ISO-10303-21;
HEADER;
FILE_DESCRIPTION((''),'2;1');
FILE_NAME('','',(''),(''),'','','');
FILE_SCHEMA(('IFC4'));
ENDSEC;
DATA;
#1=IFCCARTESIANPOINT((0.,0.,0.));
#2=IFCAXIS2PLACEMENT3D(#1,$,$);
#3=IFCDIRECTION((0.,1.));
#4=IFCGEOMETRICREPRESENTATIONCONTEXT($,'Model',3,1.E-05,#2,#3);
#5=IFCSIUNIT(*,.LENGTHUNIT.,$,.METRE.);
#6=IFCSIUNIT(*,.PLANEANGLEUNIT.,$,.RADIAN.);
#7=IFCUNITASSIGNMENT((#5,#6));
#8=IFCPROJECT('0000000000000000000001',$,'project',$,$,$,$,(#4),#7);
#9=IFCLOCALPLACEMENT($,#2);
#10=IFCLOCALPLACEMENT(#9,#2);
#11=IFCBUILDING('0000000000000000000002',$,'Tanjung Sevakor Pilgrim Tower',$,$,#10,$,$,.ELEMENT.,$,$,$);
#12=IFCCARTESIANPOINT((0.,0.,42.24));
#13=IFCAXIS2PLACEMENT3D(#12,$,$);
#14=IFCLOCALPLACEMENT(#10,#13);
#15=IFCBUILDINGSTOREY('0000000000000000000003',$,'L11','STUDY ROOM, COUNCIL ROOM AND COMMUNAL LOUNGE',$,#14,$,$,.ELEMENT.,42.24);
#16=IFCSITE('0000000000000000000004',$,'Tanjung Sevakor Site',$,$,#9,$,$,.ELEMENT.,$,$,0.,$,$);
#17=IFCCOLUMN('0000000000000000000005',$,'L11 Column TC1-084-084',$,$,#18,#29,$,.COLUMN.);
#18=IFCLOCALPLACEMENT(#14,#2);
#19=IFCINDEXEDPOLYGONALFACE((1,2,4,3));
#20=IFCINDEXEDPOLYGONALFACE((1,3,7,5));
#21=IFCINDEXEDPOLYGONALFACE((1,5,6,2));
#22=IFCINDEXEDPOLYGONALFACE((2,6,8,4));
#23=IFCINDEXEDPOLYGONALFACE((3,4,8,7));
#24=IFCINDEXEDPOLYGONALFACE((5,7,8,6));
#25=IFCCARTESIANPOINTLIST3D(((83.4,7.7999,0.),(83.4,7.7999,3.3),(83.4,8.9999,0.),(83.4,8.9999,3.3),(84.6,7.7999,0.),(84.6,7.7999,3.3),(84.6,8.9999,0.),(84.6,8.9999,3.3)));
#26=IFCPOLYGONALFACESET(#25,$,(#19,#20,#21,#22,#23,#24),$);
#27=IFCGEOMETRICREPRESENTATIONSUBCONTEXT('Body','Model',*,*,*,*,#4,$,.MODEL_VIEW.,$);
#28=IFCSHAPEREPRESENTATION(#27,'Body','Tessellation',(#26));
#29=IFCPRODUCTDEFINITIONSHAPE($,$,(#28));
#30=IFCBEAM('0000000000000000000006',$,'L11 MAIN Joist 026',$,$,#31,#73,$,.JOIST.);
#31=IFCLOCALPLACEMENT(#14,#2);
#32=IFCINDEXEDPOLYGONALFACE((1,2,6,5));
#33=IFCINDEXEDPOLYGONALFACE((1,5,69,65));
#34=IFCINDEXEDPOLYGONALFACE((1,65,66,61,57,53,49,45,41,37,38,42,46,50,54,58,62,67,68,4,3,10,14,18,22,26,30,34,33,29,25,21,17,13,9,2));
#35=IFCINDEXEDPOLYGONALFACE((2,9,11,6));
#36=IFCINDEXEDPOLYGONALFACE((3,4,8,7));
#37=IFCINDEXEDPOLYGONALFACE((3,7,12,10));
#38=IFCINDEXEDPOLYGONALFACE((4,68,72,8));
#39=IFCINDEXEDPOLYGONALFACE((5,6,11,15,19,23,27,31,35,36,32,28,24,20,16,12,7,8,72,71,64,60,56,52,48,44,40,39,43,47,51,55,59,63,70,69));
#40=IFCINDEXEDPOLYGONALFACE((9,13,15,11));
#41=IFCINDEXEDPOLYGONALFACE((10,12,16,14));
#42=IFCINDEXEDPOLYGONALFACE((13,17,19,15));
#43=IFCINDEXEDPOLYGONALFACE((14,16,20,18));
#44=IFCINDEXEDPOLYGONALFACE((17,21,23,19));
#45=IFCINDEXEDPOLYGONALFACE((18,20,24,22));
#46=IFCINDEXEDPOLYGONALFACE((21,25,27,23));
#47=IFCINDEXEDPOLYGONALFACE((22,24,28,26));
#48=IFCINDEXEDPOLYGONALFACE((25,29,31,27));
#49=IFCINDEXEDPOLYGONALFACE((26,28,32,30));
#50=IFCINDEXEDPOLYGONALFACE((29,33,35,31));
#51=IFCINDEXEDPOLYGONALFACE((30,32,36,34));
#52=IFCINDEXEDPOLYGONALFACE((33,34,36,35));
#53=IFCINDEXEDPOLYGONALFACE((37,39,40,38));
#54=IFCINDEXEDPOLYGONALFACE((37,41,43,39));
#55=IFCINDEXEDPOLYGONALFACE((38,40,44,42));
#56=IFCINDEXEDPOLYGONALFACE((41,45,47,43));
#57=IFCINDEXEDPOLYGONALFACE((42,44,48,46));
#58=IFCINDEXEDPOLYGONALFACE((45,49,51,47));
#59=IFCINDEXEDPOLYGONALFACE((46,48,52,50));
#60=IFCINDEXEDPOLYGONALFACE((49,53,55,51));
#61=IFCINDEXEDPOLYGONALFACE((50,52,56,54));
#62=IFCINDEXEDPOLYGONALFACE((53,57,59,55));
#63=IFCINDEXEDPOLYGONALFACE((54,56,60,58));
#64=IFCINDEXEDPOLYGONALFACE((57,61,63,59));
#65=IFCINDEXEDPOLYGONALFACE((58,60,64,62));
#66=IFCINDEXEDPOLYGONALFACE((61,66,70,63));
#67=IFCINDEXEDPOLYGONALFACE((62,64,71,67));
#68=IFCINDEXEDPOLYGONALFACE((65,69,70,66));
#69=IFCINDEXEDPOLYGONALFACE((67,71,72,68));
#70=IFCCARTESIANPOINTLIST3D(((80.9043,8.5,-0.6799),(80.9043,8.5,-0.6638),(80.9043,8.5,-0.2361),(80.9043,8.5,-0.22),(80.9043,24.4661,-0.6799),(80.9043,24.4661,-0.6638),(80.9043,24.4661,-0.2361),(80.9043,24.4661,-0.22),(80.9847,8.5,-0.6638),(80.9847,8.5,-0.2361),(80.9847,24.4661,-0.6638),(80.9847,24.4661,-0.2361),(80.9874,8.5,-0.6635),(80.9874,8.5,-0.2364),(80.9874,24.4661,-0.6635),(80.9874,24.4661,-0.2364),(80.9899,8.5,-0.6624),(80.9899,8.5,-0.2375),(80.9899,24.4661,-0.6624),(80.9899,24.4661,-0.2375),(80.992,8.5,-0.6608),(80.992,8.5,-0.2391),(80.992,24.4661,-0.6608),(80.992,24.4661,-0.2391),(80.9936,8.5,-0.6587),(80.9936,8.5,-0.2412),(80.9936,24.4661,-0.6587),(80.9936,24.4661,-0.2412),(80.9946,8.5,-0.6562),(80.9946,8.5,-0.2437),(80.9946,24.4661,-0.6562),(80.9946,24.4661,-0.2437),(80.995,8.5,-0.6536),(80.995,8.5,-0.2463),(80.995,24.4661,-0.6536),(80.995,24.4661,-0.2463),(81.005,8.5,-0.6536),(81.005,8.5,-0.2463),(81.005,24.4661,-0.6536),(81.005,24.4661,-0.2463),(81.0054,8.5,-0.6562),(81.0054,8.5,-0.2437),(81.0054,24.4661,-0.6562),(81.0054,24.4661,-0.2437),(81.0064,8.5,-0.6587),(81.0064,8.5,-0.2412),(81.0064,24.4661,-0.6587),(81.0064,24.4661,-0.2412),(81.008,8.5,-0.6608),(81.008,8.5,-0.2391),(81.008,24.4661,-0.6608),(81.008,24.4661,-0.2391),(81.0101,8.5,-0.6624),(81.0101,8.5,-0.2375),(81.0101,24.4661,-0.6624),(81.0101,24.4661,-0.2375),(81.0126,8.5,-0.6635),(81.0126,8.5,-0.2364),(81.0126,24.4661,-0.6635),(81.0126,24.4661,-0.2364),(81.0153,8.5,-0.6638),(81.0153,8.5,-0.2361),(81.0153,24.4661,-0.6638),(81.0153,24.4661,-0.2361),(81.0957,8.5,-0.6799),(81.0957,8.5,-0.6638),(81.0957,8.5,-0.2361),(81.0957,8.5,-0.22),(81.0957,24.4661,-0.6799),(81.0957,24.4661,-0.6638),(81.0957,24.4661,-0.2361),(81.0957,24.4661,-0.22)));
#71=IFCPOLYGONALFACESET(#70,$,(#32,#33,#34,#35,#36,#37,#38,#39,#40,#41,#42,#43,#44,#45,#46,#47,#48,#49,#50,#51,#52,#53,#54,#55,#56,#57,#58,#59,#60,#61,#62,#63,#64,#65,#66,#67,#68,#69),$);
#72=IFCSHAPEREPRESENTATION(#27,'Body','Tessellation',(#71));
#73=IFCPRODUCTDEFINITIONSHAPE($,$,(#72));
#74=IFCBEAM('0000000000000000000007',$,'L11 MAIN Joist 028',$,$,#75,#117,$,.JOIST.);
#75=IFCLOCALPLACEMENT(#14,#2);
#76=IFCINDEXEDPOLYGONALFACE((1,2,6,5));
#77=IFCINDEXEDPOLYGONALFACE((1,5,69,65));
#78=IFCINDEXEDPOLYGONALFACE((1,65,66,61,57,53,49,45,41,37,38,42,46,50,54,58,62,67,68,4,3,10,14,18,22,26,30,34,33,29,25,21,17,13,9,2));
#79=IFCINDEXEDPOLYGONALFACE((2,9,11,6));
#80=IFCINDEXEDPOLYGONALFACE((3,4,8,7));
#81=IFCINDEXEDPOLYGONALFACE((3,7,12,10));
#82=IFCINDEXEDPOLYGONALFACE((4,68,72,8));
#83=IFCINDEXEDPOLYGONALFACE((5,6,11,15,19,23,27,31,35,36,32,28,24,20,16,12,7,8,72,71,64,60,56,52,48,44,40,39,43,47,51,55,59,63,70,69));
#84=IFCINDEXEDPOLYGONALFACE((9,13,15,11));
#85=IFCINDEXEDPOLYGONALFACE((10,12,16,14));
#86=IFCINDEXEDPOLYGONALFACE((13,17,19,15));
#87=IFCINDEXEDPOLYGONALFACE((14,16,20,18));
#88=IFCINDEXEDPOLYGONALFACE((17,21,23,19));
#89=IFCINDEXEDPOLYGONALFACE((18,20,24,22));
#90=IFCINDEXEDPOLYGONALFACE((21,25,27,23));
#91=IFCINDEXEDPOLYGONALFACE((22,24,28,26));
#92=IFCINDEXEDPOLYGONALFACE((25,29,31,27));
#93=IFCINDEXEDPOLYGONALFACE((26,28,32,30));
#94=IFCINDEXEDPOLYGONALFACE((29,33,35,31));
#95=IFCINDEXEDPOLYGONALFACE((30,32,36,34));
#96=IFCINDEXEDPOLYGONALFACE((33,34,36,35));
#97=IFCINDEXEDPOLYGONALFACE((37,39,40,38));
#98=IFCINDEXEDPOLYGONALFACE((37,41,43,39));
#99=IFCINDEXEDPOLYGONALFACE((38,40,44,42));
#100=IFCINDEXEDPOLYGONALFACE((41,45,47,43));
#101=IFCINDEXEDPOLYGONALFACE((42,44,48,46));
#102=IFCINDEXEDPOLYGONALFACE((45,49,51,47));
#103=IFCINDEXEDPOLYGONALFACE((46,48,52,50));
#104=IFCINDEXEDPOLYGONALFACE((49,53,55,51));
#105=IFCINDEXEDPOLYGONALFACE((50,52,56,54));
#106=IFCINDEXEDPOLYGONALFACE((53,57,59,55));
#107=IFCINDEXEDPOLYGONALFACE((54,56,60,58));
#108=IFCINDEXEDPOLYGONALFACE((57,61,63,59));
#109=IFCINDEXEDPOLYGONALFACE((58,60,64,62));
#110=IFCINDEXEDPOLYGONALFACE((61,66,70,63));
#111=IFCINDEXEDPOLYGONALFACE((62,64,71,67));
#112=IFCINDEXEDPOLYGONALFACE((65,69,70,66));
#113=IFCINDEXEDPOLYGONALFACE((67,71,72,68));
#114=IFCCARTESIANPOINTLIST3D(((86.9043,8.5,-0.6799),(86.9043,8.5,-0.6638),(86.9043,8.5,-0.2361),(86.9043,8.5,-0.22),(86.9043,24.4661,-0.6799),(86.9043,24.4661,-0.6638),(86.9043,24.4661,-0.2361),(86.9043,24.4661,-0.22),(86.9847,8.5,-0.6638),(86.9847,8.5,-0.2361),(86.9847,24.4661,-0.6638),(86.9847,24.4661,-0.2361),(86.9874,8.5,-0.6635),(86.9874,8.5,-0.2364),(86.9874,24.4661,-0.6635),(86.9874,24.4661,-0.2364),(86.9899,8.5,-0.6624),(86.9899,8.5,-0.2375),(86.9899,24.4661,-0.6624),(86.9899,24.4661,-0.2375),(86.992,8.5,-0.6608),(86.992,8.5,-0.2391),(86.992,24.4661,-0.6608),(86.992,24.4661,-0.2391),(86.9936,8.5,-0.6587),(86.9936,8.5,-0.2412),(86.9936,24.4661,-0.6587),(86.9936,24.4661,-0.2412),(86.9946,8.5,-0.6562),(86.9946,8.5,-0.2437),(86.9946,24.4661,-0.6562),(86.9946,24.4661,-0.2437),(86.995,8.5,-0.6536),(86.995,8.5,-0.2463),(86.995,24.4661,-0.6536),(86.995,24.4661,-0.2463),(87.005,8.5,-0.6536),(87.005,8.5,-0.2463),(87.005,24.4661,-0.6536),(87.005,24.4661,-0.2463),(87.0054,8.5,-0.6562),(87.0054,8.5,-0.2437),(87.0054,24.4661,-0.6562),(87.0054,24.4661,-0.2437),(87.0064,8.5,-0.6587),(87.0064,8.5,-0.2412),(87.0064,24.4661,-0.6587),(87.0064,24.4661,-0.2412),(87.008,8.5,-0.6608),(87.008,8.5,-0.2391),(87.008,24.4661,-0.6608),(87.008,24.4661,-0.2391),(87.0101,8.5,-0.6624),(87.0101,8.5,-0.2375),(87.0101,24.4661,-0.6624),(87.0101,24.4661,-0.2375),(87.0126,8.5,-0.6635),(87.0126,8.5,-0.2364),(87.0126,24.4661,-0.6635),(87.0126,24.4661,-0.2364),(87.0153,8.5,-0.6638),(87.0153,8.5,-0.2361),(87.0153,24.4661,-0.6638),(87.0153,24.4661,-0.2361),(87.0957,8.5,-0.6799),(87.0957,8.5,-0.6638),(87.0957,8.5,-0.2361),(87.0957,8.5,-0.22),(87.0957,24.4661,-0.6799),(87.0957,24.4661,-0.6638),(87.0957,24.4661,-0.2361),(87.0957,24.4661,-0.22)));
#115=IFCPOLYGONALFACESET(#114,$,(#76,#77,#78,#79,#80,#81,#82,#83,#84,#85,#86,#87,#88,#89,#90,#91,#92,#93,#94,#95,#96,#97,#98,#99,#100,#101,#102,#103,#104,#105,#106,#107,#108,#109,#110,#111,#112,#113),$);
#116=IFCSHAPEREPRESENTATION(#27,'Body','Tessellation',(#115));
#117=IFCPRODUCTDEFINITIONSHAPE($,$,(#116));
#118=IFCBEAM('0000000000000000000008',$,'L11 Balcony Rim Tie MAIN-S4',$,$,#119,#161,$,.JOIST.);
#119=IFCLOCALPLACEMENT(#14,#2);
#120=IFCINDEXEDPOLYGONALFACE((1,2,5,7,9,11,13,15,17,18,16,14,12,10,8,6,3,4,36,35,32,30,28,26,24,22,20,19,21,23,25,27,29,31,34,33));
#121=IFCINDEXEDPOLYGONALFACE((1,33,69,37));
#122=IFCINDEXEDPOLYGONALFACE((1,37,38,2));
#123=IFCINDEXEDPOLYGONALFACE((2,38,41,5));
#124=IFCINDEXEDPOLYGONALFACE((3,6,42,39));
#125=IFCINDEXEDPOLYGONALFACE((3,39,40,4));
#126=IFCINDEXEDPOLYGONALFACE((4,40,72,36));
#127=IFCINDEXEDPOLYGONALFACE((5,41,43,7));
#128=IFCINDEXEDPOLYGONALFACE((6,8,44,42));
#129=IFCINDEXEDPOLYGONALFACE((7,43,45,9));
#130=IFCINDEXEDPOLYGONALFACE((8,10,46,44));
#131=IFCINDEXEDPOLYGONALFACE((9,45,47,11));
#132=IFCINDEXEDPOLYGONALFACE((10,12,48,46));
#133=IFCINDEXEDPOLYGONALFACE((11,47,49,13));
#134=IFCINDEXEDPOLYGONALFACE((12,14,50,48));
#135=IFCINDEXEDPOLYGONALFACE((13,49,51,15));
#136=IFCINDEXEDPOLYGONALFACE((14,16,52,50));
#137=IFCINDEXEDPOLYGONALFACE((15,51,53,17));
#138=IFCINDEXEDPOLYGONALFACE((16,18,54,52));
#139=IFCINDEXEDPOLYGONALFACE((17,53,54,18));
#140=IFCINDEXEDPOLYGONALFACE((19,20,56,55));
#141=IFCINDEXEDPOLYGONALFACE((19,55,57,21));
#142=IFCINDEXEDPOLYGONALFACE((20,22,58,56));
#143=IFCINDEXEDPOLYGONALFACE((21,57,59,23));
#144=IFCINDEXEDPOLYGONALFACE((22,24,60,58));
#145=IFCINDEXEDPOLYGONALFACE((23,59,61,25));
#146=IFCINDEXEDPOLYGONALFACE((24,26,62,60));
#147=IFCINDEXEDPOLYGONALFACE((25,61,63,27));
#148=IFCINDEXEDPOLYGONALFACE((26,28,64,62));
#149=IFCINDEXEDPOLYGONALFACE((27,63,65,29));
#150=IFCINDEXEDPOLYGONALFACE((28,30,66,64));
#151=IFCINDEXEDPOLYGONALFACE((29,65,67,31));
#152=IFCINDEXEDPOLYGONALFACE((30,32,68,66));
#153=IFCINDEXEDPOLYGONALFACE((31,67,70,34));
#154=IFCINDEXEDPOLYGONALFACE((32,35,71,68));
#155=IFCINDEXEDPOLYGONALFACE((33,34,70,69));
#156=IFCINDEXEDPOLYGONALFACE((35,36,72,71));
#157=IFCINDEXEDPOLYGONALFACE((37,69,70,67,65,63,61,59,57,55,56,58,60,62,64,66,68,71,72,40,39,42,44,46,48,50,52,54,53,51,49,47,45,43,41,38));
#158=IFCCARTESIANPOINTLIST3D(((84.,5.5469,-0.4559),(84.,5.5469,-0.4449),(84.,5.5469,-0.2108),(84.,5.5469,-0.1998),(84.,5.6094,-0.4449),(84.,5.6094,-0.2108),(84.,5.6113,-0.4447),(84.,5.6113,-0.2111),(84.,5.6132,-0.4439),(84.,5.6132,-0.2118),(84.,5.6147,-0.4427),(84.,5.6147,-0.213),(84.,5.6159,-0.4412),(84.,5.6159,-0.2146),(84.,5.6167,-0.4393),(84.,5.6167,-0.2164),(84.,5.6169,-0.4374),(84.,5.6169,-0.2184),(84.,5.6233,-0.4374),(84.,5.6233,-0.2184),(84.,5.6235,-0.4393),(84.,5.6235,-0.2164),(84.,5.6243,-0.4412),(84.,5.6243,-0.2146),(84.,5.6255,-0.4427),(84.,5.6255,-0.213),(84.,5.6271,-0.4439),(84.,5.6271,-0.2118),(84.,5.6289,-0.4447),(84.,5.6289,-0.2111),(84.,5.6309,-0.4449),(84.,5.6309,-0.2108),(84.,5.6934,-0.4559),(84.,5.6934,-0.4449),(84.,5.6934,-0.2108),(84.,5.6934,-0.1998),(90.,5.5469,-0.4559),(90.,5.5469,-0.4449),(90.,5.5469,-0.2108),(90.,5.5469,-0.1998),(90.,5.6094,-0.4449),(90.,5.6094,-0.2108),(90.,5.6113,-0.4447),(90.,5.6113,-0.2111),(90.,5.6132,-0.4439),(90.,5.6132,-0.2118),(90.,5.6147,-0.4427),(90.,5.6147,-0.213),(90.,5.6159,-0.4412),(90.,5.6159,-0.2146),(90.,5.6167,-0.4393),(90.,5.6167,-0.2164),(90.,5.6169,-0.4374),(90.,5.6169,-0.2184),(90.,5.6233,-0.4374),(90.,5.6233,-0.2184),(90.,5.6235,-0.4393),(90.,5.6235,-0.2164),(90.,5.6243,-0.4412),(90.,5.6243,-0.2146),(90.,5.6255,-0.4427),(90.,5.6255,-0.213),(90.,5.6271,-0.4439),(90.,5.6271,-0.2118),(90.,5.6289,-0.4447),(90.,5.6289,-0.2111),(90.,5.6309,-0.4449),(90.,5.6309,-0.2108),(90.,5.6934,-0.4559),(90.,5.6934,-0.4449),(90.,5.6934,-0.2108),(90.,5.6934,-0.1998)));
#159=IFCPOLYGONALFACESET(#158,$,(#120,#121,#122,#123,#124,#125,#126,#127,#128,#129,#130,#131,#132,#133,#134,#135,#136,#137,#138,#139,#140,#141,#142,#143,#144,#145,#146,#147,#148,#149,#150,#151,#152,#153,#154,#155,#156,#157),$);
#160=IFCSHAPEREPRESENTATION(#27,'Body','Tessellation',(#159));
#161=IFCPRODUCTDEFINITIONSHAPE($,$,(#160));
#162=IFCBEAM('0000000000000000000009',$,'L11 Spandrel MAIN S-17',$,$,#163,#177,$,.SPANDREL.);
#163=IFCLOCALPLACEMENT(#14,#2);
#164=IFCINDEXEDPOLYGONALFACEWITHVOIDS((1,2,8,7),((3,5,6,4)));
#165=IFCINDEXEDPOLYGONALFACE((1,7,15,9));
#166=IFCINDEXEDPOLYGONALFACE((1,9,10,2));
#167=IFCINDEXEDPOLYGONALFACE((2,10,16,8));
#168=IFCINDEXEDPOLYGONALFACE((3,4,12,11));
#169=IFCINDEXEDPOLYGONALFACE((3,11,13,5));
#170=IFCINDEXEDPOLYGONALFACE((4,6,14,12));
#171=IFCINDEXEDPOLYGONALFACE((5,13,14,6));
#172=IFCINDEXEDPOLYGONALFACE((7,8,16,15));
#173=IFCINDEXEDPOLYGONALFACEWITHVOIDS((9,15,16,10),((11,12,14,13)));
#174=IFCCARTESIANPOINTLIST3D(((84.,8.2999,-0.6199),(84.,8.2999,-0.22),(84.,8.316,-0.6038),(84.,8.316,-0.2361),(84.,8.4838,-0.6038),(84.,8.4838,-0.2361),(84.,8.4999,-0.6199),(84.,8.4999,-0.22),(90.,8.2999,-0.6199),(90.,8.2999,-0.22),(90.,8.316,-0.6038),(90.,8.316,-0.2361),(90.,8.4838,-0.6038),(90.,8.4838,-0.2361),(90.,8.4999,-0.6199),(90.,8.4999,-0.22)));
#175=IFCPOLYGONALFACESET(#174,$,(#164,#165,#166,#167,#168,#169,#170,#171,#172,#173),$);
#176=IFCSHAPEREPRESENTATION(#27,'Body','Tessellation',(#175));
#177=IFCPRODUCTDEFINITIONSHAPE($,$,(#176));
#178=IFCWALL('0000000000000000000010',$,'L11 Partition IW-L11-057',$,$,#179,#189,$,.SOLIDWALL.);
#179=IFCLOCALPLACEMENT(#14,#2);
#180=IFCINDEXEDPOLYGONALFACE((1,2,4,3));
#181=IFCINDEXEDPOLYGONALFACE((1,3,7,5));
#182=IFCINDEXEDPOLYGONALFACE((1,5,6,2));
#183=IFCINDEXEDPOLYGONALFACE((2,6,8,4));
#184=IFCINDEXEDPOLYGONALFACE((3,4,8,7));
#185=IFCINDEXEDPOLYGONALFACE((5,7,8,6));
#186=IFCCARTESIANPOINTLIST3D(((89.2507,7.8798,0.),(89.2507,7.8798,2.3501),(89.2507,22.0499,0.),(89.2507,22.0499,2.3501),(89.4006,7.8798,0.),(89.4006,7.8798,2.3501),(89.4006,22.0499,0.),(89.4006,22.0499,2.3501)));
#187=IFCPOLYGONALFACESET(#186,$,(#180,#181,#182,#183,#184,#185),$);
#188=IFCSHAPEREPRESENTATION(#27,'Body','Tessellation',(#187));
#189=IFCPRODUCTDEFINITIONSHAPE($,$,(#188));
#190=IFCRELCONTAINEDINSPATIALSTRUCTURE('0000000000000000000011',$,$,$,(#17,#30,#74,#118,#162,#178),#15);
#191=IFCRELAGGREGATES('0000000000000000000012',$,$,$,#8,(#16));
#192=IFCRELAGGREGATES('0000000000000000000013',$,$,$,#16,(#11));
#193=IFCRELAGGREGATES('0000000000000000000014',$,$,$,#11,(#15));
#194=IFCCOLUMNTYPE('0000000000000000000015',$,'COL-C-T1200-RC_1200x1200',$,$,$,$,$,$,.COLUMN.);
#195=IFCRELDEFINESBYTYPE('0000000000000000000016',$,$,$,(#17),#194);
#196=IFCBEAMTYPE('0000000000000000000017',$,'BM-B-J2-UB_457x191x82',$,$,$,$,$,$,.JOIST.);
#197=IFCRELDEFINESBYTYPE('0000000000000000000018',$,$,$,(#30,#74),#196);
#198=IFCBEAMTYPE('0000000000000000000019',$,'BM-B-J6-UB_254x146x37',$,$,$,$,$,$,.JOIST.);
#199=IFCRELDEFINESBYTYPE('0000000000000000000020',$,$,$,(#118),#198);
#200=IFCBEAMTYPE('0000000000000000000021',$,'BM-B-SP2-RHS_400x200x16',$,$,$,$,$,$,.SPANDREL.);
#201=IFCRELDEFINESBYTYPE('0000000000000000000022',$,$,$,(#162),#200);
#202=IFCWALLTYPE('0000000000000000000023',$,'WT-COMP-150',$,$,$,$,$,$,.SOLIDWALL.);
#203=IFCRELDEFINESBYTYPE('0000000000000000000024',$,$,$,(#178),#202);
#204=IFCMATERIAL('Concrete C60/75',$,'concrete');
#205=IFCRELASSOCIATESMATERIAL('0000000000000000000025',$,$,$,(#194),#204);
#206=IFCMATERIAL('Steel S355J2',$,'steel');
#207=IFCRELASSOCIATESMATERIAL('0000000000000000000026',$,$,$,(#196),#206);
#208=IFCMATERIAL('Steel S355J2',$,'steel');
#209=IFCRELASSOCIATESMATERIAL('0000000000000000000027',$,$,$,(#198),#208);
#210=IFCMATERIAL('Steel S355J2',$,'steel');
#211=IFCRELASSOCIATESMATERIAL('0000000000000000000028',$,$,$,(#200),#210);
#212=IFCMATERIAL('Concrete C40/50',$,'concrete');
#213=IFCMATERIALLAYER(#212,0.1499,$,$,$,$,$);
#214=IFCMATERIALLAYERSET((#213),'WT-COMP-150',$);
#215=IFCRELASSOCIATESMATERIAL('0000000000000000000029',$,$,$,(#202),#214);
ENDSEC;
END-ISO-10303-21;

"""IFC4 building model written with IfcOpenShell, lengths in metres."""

from ifc_helpers import new_model, si_unit, direction, frame, frame_2d, origin, origin_2d, place, context, subcontext, project, spatial, rectangle, hollow_rectangle, i_section, extrude, material, layer, layer_set, material_profile, profile_set, type_object, element, save


model = new_model("IFC4")

# Units and contexts
model_context = context("Model", 3, precision=1e-05, world=origin(), true_north=direction((0.0, 1.0)))
body_context = subcontext(model_context, "Body", "Model", "MODEL_VIEW")
ifc_project = project(units=[si_unit("LENGTHUNIT", "METRE"), si_unit("PLANEANGLEUNIT", "RADIAN")], contexts=[model_context])

# Site, building, storey
site_placement = place(None, origin())
site = spatial("IfcSite", under=ifc_project, at=site_placement, Name="Tanjung Sevakor Site", CompositionType="ELEMENT", RefElevation=0.0)
building_placement = place(site_placement, origin())
building = spatial("IfcBuilding", under=site, at=building_placement, Name="Tanjung Sevakor Pilgrim Tower", CompositionType="ELEMENT")
storey_placement = place(building_placement, frame((0.0, 0.0, 42.24)))
storey = spatial("IfcBuildingStorey", under=building, at=storey_placement, Name="L11", Description="STUDY ROOM, COUNCIL ROOM AND COMMUNAL LOUNGE", CompositionType="ELEMENT", Elevation=42.24)

# Column
ifc_material_1 = material(Name="Concrete C60/75", Category="concrete")
ifc_material_profile_1 = material_profile(ifc_material_1, rectangle(XDim=1.2, YDim=1.2, at=origin_2d()))
ifc_profile_set_1 = profile_set([ifc_material_profile_1], Name="Concrete C60/75")
column_type = type_object("IfcColumnType", Name="COL-C-T1200-RC_1200x1200", PredefinedType="COLUMN", material=ifc_profile_set_1)
column_placement = place(storey_placement, frame((84.0, 8.3999, 0.0), z_axis=(0.0, 0.0, 1.0), x_axis=(1.0, 0.0, 0.0)))
element("IfcColumn", 1, at=column_placement, inside=storey, type_object=column_type, Name="L11 Column TC1-084-084", PredefinedType="COLUMN", context=body_context, shape_type="SweptSolid", body=[
    extrude(rectangle(XDim=1.2, YDim=1.2, at=origin_2d()), origin(), (0.0, 0.0, 1.0), 3.3),
])

# Beams
ifc_material_2 = material(Name="Steel S355J2", Category="steel")
ifc_material_profile_2 = material_profile(ifc_material_2, i_section(OverallWidth=0.1914, OverallDepth=0.46, WebThickness=0.01, FlangeThickness=0.0161, FilletRadius=0.0103, at=origin_2d()))
ifc_profile_set_2 = profile_set([ifc_material_profile_2], Name="Steel S355J2")
beam_type_1 = type_object("IfcBeamType", Name="BM-B-J2-UB_457x191x82", PredefinedType="JOIST", material=ifc_profile_set_2)
for number, where, z_axis, x_axis, name in (
    (2, (81.0, 8.5, -0.45), (0.0, 1.0, 0.0), (-1.0, 0.0, 0.0), "L11 MAIN Joist 026"),
    (3, (87.0, 8.5, -0.45), (0.0, 1.0, 0.0), (-1.0, 0.0, 0.0), "L11 MAIN Joist 028"),
):
    element("IfcBeam", number, at=place(storey_placement, frame(where, z_axis=z_axis, x_axis=x_axis)), inside=storey, type_object=beam_type_1, Name=name, PredefinedType="JOIST", context=body_context, shape_type="SweptSolid", body=[
        extrude(i_section(OverallWidth=0.1914, OverallDepth=0.46, WebThickness=0.01, FlangeThickness=0.0161, FilletRadius=0.0103, at=origin_2d()), origin(), (0.0, 0.0, 1.0), 15.9661),
    ])
ifc_material_3 = material(Name="Steel S355J2", Category="steel")
ifc_material_profile_3 = material_profile(ifc_material_3, i_section(OverallWidth=0.1465, OverallDepth=0.2561, WebThickness=0.0063, FlangeThickness=0.011, FilletRadius=0.0076, at=origin_2d()))
ifc_profile_set_3 = profile_set([ifc_material_profile_3], Name="Steel S355J2")
beam_type_2 = type_object("IfcBeamType", Name="BM-B-J6-UB_254x146x37", PredefinedType="JOIST", material=ifc_profile_set_3)
beam_1_placement = place(storey_placement, frame((84.0, 5.6201, -0.3279), z_axis=(1.0, 0.0, 0.0), x_axis=(0.0, 1.0, 0.0)))
element("IfcBeam", 4, at=beam_1_placement, inside=storey, type_object=beam_type_2, Name="L11 Balcony Rim Tie MAIN-S4", PredefinedType="JOIST", context=body_context, shape_type="SweptSolid", body=[
    extrude(i_section(OverallWidth=0.1465, OverallDepth=0.2561, WebThickness=0.0063, FlangeThickness=0.011, FilletRadius=0.0076, at=origin_2d()), origin(), (0.0, 0.0, 1.0), 6.0),
])
ifc_material_4 = material(Name="Steel S355J2", Category="steel")
ifc_material_profile_4 = material_profile(ifc_material_4, hollow_rectangle(XDim=0.2, YDim=0.3999, WallThickness=0.0161, at=origin_2d()))
ifc_profile_set_4 = profile_set([ifc_material_profile_4], Name="Steel S355J2")
beam_type_3 = type_object("IfcBeamType", Name="BM-B-SP2-RHS_400x200x16", PredefinedType="SPANDREL", material=ifc_profile_set_4)
beam_2_placement = place(storey_placement, frame((84.0, 8.3999, -0.4199), z_axis=(1.0, 0.0, 0.0), x_axis=(0.0, 1.0, 0.0)))
element("IfcBeam", 5, at=beam_2_placement, inside=storey, type_object=beam_type_3, Name="L11 Spandrel MAIN S-17", PredefinedType="SPANDREL", context=body_context, shape_type="SweptSolid", body=[
    extrude(hollow_rectangle(XDim=0.2, YDim=0.3999, WallThickness=0.0161, at=origin_2d()), origin(), (0.0, 0.0, 1.0), 6.0),
])

# Wall
ifc_material_5 = material(Name="Concrete C40/50", Category="concrete")
ifc_layer_1 = layer(ifc_material_5, 0.1499)
ifc_layer_set_1 = layer_set([ifc_layer_1], Name="WT-COMP-150")
wall_type_1 = type_object("IfcWallType", Name="WT-COMP-150", PredefinedType="SOLIDWALL", material=ifc_layer_set_1)
wall_1_placement = place(storey_placement, frame((89.3257, 7.8799, 0.0), z_axis=(0.0, 0.0, 1.0), x_axis=(0.0, 1.0, 0.0)))
element("IfcWall", 6, at=wall_1_placement, inside=storey, type_object=wall_type_1, Name="L11 Partition IW-L11-057", PredefinedType="SOLIDWALL", context=body_context, shape_type="SweptSolid", body=[
    extrude(rectangle(XDim=14.1702, YDim=0.1499, at=frame_2d((7.085, 0.0))), origin(), (0.0, 0.0, 1.0), 2.3501),
])

save(model, "model.ifc")
